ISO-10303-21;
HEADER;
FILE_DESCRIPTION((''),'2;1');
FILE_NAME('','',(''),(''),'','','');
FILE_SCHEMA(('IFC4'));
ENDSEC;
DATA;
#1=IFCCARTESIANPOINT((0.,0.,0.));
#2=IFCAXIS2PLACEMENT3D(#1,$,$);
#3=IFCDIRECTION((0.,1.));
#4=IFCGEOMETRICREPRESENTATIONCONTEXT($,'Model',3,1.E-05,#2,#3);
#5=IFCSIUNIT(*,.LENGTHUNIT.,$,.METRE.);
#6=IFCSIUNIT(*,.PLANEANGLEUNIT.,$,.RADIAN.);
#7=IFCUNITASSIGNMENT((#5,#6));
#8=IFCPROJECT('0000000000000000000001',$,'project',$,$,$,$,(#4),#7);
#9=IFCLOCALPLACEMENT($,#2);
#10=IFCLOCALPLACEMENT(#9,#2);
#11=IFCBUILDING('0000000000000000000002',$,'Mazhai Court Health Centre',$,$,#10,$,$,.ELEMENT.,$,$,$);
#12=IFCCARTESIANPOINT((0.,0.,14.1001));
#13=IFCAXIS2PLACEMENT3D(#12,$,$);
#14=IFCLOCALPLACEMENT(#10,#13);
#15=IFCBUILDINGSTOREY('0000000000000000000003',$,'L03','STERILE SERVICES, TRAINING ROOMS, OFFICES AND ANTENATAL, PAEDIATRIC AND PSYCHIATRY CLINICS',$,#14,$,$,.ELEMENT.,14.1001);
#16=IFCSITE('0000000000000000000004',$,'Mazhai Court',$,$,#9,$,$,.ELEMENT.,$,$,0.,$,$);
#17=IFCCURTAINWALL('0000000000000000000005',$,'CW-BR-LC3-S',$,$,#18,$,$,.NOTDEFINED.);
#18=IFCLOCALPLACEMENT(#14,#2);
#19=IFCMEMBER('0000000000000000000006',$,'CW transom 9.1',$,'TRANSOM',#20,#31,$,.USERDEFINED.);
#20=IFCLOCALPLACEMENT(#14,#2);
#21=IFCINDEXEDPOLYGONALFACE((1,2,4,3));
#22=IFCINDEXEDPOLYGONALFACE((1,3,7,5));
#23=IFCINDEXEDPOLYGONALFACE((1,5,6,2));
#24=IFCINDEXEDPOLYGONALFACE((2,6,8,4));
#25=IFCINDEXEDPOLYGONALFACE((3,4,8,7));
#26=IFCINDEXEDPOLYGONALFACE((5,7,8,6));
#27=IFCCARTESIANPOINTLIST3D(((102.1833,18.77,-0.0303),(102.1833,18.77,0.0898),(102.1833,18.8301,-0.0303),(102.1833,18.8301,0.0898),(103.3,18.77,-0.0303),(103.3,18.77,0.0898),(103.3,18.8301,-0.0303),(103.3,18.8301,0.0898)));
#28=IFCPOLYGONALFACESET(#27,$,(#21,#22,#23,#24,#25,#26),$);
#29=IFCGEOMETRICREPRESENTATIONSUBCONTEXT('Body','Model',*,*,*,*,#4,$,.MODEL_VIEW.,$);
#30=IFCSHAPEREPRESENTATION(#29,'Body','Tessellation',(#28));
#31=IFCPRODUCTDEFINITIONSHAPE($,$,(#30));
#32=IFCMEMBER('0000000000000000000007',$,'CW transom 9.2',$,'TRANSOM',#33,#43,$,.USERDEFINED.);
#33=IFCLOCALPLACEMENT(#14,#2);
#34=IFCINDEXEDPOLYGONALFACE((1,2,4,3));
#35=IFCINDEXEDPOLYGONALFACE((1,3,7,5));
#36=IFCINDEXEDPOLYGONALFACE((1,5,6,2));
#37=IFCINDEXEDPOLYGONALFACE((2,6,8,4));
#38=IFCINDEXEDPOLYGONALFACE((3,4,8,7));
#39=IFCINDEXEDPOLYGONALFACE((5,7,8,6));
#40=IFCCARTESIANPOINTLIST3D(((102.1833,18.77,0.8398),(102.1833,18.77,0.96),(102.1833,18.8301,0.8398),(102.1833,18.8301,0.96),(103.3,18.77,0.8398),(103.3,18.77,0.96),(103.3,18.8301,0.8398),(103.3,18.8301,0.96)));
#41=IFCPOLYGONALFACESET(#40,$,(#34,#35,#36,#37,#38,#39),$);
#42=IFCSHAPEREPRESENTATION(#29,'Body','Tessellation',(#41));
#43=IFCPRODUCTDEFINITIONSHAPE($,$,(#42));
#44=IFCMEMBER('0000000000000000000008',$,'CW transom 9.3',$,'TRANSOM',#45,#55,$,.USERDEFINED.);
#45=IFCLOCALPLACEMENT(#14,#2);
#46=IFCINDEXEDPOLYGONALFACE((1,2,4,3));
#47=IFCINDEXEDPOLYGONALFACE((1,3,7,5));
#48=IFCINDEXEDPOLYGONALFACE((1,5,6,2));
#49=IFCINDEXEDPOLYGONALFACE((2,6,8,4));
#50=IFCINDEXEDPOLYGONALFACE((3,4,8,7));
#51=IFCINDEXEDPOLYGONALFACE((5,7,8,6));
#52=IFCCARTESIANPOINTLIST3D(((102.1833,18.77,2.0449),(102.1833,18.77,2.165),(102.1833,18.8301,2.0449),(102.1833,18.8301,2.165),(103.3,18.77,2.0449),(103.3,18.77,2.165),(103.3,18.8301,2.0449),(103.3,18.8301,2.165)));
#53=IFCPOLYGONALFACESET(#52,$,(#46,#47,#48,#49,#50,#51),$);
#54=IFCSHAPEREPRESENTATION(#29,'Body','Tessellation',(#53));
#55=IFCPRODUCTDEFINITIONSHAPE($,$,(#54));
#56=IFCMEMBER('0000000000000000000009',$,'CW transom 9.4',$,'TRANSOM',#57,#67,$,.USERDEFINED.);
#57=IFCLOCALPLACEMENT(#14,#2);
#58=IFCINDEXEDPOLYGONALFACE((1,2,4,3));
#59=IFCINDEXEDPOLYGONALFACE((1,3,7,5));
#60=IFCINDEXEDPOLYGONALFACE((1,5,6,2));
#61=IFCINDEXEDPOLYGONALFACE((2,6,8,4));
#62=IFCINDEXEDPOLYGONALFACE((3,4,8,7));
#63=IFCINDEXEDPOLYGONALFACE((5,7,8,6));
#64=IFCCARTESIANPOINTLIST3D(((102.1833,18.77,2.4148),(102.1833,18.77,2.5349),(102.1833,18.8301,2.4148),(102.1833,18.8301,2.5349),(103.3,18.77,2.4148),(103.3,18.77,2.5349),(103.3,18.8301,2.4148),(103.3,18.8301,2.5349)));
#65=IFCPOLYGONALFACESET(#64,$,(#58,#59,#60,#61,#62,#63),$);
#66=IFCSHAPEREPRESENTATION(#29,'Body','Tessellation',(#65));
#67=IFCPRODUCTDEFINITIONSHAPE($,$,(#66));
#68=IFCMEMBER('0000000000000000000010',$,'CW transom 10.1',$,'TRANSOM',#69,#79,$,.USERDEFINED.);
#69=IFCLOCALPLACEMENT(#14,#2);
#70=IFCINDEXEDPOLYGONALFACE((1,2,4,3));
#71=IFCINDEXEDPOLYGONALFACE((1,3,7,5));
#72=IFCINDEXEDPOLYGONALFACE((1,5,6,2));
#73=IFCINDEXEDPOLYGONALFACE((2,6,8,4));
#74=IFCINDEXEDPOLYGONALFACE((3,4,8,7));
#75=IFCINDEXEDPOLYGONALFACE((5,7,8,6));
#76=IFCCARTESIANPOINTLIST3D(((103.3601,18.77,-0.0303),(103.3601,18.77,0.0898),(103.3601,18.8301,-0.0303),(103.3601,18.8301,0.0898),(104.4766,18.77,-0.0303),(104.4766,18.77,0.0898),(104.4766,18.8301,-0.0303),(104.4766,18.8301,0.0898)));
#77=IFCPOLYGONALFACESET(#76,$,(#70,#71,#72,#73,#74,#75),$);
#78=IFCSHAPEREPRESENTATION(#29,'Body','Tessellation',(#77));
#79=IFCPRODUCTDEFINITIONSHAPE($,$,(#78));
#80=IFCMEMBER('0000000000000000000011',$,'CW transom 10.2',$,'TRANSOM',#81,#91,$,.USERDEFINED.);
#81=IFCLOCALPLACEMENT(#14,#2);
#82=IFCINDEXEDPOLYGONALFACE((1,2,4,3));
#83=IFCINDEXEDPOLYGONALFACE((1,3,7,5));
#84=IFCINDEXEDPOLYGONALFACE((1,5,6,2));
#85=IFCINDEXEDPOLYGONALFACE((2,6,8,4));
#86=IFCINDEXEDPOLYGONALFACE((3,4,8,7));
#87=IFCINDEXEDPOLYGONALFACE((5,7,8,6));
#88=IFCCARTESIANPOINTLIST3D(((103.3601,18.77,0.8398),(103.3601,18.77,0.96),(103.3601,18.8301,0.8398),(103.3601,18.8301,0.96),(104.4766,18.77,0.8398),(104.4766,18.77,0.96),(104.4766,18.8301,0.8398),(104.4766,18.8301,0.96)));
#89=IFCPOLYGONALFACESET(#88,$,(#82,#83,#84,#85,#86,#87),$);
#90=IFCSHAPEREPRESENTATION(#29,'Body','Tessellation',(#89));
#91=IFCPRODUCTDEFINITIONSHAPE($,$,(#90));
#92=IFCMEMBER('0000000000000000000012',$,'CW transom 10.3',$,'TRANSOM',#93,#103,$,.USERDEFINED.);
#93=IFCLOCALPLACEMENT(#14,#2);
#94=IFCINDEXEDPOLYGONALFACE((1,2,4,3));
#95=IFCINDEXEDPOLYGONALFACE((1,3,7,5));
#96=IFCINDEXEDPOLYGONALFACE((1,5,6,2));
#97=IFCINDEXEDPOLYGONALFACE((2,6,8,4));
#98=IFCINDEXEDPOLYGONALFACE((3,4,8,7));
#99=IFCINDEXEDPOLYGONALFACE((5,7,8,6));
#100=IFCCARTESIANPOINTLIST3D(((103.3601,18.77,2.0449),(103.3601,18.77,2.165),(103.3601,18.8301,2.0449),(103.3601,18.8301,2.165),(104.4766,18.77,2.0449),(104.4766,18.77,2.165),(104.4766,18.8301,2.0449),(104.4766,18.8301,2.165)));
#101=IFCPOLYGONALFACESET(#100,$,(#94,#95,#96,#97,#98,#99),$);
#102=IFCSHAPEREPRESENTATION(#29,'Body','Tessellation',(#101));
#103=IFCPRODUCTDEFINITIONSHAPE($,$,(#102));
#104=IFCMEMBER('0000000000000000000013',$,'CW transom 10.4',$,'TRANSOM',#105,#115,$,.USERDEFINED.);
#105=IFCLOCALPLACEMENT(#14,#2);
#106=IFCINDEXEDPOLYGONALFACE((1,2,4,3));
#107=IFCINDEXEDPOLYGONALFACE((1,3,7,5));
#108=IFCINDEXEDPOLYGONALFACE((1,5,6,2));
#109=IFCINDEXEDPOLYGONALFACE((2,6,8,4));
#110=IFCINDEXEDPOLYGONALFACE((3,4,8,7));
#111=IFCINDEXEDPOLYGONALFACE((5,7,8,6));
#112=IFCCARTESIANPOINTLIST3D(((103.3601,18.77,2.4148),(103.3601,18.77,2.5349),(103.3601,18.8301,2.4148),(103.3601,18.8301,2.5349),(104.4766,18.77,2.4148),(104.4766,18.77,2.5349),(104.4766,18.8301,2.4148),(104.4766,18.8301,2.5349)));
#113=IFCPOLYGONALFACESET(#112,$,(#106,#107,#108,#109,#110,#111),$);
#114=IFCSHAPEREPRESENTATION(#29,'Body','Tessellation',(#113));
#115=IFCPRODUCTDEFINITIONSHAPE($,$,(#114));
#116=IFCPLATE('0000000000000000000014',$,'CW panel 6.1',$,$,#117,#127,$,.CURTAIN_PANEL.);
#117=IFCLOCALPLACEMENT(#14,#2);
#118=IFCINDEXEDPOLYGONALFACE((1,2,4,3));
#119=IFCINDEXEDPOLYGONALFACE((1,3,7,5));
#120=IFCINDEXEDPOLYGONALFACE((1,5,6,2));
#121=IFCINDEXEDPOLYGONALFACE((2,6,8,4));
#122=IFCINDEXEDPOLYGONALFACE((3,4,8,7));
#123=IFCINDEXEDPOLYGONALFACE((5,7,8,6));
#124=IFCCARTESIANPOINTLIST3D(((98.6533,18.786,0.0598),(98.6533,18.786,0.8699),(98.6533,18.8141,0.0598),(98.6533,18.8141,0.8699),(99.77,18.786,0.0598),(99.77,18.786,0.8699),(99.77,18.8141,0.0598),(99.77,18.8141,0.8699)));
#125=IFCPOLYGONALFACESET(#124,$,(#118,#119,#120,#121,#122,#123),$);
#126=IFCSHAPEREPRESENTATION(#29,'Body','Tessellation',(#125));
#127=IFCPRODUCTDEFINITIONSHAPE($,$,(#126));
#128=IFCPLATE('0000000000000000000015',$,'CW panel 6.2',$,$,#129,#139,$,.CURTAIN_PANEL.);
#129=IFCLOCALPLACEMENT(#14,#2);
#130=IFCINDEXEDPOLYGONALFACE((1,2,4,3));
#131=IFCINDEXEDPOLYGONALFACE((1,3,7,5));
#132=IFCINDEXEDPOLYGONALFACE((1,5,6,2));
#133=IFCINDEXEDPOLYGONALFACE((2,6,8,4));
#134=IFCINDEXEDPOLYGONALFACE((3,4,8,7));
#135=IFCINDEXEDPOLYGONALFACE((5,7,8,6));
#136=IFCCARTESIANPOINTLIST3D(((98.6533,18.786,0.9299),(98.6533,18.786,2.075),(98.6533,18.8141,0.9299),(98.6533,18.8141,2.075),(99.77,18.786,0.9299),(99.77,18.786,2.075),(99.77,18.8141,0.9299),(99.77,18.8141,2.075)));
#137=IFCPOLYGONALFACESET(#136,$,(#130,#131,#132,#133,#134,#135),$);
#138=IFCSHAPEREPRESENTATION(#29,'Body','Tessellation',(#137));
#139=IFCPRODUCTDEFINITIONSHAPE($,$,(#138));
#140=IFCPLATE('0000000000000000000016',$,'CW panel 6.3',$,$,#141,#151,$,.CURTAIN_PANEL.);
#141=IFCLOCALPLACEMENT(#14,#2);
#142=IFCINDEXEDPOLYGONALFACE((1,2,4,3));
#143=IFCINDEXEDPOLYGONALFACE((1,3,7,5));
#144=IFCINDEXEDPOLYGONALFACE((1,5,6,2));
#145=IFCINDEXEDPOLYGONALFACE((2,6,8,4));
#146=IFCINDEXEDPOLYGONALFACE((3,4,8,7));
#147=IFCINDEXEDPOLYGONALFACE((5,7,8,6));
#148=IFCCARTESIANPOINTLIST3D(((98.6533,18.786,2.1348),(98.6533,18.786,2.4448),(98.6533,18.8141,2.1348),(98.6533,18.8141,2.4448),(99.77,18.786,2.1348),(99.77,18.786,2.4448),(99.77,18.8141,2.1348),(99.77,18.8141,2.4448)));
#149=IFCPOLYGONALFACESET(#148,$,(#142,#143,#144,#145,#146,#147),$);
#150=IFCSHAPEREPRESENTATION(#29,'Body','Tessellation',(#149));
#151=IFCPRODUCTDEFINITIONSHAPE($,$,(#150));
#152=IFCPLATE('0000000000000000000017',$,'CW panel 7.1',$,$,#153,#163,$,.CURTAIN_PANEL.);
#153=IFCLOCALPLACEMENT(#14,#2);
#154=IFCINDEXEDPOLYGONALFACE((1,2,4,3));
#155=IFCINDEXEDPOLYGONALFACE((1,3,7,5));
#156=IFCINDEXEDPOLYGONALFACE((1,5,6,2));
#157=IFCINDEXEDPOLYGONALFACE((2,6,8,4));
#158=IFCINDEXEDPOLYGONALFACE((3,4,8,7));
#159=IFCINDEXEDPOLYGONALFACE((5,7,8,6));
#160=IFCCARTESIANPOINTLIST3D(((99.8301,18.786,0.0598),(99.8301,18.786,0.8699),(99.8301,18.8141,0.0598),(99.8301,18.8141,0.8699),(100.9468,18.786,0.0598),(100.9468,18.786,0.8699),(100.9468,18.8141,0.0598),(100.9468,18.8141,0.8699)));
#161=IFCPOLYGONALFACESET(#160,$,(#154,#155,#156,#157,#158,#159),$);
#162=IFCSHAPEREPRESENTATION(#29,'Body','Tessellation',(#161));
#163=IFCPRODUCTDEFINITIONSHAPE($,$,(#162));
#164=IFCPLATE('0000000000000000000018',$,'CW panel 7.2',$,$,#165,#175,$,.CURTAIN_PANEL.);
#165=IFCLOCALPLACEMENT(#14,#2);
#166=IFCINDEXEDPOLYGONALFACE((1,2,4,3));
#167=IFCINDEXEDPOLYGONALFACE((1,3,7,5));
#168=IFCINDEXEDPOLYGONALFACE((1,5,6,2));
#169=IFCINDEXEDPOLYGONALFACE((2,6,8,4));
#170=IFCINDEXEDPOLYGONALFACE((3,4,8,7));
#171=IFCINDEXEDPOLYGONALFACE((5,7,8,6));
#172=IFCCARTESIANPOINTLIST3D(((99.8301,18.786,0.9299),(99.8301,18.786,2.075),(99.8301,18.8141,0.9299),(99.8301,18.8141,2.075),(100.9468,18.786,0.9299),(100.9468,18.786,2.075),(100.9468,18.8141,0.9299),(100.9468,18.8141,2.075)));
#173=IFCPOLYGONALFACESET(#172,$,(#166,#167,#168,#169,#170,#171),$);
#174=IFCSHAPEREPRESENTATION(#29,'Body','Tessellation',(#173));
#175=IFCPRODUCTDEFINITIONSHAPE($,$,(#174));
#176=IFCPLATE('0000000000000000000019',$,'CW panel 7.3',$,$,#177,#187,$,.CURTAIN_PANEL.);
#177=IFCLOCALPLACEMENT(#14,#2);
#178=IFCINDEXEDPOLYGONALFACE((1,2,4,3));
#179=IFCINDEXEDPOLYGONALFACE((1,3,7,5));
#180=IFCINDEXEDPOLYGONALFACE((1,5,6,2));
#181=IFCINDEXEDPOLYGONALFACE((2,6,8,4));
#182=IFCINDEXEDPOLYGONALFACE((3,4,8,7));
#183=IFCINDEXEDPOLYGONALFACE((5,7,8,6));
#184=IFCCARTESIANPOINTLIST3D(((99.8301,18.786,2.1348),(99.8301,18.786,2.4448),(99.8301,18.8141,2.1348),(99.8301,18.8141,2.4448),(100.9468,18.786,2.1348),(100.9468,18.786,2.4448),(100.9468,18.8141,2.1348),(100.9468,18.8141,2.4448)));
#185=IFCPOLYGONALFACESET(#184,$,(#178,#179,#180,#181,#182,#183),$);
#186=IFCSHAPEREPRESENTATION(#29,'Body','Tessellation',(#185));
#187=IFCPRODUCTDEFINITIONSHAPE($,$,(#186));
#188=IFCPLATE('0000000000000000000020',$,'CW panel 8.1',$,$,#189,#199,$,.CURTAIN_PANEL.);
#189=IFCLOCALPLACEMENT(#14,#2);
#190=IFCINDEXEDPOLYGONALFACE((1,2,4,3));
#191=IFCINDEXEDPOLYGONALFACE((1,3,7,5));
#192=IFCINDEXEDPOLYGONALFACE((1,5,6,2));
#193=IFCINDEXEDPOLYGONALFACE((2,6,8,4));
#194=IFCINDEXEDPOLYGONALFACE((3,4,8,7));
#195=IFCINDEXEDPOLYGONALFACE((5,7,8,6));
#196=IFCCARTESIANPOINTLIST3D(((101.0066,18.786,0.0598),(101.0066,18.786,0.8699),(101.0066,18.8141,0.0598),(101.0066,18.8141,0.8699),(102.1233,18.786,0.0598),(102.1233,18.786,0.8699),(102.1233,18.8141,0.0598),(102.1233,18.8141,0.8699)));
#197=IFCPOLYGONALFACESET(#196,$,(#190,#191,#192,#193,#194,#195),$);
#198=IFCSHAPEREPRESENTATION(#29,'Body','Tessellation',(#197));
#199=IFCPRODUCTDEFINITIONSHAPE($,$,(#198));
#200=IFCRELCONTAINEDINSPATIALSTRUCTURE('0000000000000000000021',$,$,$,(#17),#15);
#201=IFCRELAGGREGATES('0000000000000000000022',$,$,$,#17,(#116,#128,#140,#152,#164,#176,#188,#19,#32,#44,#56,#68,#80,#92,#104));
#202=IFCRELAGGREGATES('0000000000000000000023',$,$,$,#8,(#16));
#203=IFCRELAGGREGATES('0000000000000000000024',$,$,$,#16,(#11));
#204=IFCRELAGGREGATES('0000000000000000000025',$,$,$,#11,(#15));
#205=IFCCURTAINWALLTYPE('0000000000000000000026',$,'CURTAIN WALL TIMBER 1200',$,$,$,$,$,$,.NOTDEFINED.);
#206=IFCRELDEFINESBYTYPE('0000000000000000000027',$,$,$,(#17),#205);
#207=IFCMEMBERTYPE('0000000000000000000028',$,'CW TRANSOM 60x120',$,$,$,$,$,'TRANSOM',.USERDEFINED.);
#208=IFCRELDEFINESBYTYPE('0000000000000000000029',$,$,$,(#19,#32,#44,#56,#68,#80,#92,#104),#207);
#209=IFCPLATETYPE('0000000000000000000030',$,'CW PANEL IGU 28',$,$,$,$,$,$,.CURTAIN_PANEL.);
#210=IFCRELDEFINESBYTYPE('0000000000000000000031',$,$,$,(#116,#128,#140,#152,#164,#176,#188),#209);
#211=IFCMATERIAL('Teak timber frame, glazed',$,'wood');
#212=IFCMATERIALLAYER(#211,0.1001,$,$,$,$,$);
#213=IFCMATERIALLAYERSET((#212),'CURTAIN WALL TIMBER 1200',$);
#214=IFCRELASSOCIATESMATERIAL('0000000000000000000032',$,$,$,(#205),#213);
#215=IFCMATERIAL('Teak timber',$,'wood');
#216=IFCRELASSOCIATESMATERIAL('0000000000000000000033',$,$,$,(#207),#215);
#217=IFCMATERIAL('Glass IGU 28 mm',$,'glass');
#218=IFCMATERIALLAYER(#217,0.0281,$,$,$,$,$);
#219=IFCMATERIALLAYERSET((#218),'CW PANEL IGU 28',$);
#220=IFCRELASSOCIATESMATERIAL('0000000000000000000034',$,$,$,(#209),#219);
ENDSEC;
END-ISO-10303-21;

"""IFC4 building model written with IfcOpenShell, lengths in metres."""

from ifc_helpers import new_model, si_unit, direction, frame, origin, origin_2d, place, context, subcontext, project, spatial, rectangle, extrude, material, layer, layer_set, material_profile, profile_set, type_object, element, aggregate, save


model = new_model("IFC4")

# Units and contexts
model_context = context("Model", 3, precision=1e-05, world=origin(), true_north=direction((0.0, 1.0)))
body_context = subcontext(model_context, "Body", "Model", "MODEL_VIEW")
ifc_project = project(units=[si_unit("LENGTHUNIT", "METRE"), si_unit("PLANEANGLEUNIT", "RADIAN")], contexts=[model_context])

# Site, building, storey
site_placement = place(None, origin())
site = spatial("IfcSite", under=ifc_project, at=site_placement, Name="Mazhai Court", CompositionType="ELEMENT", RefElevation=0.0)
building_placement = place(site_placement, origin())
building = spatial("IfcBuilding", under=site, at=building_placement, Name="Mazhai Court Health Centre", CompositionType="ELEMENT")
storey_placement = place(building_placement, frame((0.0, 0.0, 14.1001)))
storey = spatial("IfcBuildingStorey", under=building, at=storey_placement, Name="L03", Description="STERILE SERVICES, TRAINING ROOMS, OFFICES AND ANTENATAL, PAEDIATRIC AND PSYCHIATRY CLINICS", CompositionType="ELEMENT", Elevation=14.1001)

# Curtain wall, members, plates
ifc_material_1 = material(Name="Teak timber frame, glazed", Category="wood")
ifc_layer_1 = layer(ifc_material_1, 0.1001)
ifc_layer_set_1 = layer_set([ifc_layer_1], Name="CURTAIN WALL TIMBER 1200")
curtain_wall_type = type_object("IfcCurtainWallType", Name="CURTAIN WALL TIMBER 1200", PredefinedType="NOTDEFINED", material=ifc_layer_set_1)
curtain_wall_placement = place(storey_placement, origin())
curtain_wall = element("IfcCurtainWall", 1, at=curtain_wall_placement, inside=storey, type_object=curtain_wall_type, Name="CW-BR-LC3-S", PredefinedType="NOTDEFINED")
ifc_material_2 = material(Name="Teak timber", Category="wood")
ifc_material_profile_1 = material_profile(ifc_material_2, rectangle(XDim=0.0601, YDim=0.1201, at=origin_2d()), Name="CW TRANSOM 60x120")
ifc_profile_set_1 = profile_set([ifc_material_profile_1], Name="Teak timber")
member_type_1 = type_object("IfcMemberType", Name="CW TRANSOM 60x120", ElementType="TRANSOM", PredefinedType="USERDEFINED", material=ifc_profile_set_1)
member_1_placement = place(storey_placement, frame((102.1833, 18.8, 0.0298), z_axis=(1.0, 0.0, 0.0), x_axis=(0.0, 1.0, 0.0)))
member_1 = element("IfcMember", 2, at=member_1_placement, type_object=member_type_1, Name="CW transom 9.1", ObjectType="TRANSOM", PredefinedType="USERDEFINED", context=body_context, shape_type="SweptSolid", body=[
    extrude(rectangle(XDim=0.0601, YDim=0.1201, at=origin_2d()), origin(), (0.0, 0.0, 1.0), 1.1167),
])
member_2_placement = place(storey_placement, frame((102.1833, 18.8, 0.8999), z_axis=(1.0, 0.0, 0.0), x_axis=(0.0, 1.0, 0.0)))
member_2 = element("IfcMember", 3, at=member_2_placement, type_object=member_type_1, Name="CW transom 9.2", ObjectType="TRANSOM", PredefinedType="USERDEFINED", context=body_context, shape_type="SweptSolid", body=[
    extrude(rectangle(XDim=0.0601, YDim=0.1201, at=origin_2d()), origin(), (0.0, 0.0, 1.0), 1.1167),
])
member_3_placement = place(storey_placement, frame((102.1833, 18.8, 2.105), z_axis=(1.0, 0.0, 0.0), x_axis=(0.0, 1.0, 0.0)))
member_3 = element("IfcMember", 4, at=member_3_placement, type_object=member_type_1, Name="CW transom 9.3", ObjectType="TRANSOM", PredefinedType="USERDEFINED", context=body_context, shape_type="SweptSolid", body=[
    extrude(rectangle(XDim=0.0601, YDim=0.1201, at=origin_2d()), origin(), (0.0, 0.0, 1.0), 1.1167),
])
member_4_placement = place(storey_placement, frame((102.1833, 18.8, 2.4749), z_axis=(1.0, 0.0, 0.0), x_axis=(0.0, 1.0, 0.0)))
member_4 = element("IfcMember", 5, at=member_4_placement, type_object=member_type_1, Name="CW transom 9.4", ObjectType="TRANSOM", PredefinedType="USERDEFINED", context=body_context, shape_type="SweptSolid", body=[
    extrude(rectangle(XDim=0.0601, YDim=0.1201, at=origin_2d()), origin(), (0.0, 0.0, 1.0), 1.1167),
])
member_5_placement = place(storey_placement, frame((103.3601, 18.8, 0.0298), z_axis=(1.0, 0.0, 0.0), x_axis=(0.0, 1.0, 0.0)))
member_5 = element("IfcMember", 6, at=member_5_placement, type_object=member_type_1, Name="CW transom 10.1", ObjectType="TRANSOM", PredefinedType="USERDEFINED", context=body_context, shape_type="SweptSolid", body=[
    extrude(rectangle(XDim=0.0601, YDim=0.1201, at=origin_2d()), origin(), (0.0, 0.0, 1.0), 1.1165),
])
member_6_placement = place(storey_placement, frame((103.3601, 18.8, 0.8999), z_axis=(1.0, 0.0, 0.0), x_axis=(0.0, 1.0, 0.0)))
member_6 = element("IfcMember", 7, at=member_6_placement, type_object=member_type_1, Name="CW transom 10.2", ObjectType="TRANSOM", PredefinedType="USERDEFINED", context=body_context, shape_type="SweptSolid", body=[
    extrude(rectangle(XDim=0.0601, YDim=0.1201, at=origin_2d()), origin(), (0.0, 0.0, 1.0), 1.1165),
])
member_7_placement = place(storey_placement, frame((103.3601, 18.8, 2.105), z_axis=(1.0, 0.0, 0.0), x_axis=(0.0, 1.0, 0.0)))
member_7 = element("IfcMember", 8, at=member_7_placement, type_object=member_type_1, Name="CW transom 10.3", ObjectType="TRANSOM", PredefinedType="USERDEFINED", context=body_context, shape_type="SweptSolid", body=[
    extrude(rectangle(XDim=0.0601, YDim=0.1201, at=origin_2d()), origin(), (0.0, 0.0, 1.0), 1.1165),
])
member_8_placement = place(storey_placement, frame((103.3601, 18.8, 2.4749), z_axis=(1.0, 0.0, 0.0), x_axis=(0.0, 1.0, 0.0)))
member_8 = element("IfcMember", 9, at=member_8_placement, type_object=member_type_1, Name="CW transom 10.4", ObjectType="TRANSOM", PredefinedType="USERDEFINED", context=body_context, shape_type="SweptSolid", body=[
    extrude(rectangle(XDim=0.0601, YDim=0.1201, at=origin_2d()), origin(), (0.0, 0.0, 1.0), 1.1165),
])
ifc_material_3 = material(Name="Glass IGU 28 mm", Category="glass")
ifc_layer_2 = layer(ifc_material_3, 0.0281)
ifc_layer_set_2 = layer_set([ifc_layer_2], Name="CW PANEL IGU 28")
plate_type = type_object("IfcPlateType", Name="CW PANEL IGU 28", PredefinedType="CURTAIN_PANEL", material=ifc_layer_set_2)
plate_1_placement = place(storey_placement, frame((99.2117, 18.8, 0.0598), z_axis=(0.0, 0.0, 1.0), x_axis=(1.0, 0.0, 0.0)))
plate_1 = element("IfcPlate", 10, at=plate_1_placement, type_object=plate_type, Name="CW panel 6.1", PredefinedType="CURTAIN_PANEL", context=body_context, shape_type="SweptSolid", body=[
    extrude(rectangle(XDim=1.1167, YDim=0.0281, at=origin_2d()), origin(), (0.0, 0.0, 1.0), 0.8101),
])
plate_2_placement = place(storey_placement, frame((99.2117, 18.8, 0.9299), z_axis=(0.0, 0.0, 1.0), x_axis=(1.0, 0.0, 0.0)))
plate_2 = element("IfcPlate", 11, at=plate_2_placement, type_object=plate_type, Name="CW panel 6.2", PredefinedType="CURTAIN_PANEL", context=body_context, shape_type="SweptSolid", body=[
    extrude(rectangle(XDim=1.1167, YDim=0.0281, at=origin_2d()), origin(), (0.0, 0.0, 1.0), 1.145),
])
plate_3_placement = place(storey_placement, frame((99.2117, 18.8, 2.1348), z_axis=(0.0, 0.0, 1.0), x_axis=(1.0, 0.0, 0.0)))
plate_3 = element("IfcPlate", 12, at=plate_3_placement, type_object=plate_type, Name="CW panel 6.3", PredefinedType="CURTAIN_PANEL", context=body_context, shape_type="SweptSolid", body=[
    extrude(rectangle(XDim=1.1167, YDim=0.0281, at=origin_2d()), origin(), (0.0, 0.0, 1.0), 0.3101),
])
plate_4_placement = place(storey_placement, frame((100.3884, 18.8, 0.0598), z_axis=(0.0, 0.0, 1.0), x_axis=(1.0, 0.0, 0.0)))
plate_4 = element("IfcPlate", 13, at=plate_4_placement, type_object=plate_type, Name="CW panel 7.1", PredefinedType="CURTAIN_PANEL", context=body_context, shape_type="SweptSolid", body=[
    extrude(rectangle(XDim=1.1167, YDim=0.0281, at=origin_2d()), origin(), (0.0, 0.0, 1.0), 0.8101),
])
plate_5_placement = place(storey_placement, frame((100.3884, 18.8, 0.9299), z_axis=(0.0, 0.0, 1.0), x_axis=(1.0, 0.0, 0.0)))
plate_5 = element("IfcPlate", 14, at=plate_5_placement, type_object=plate_type, Name="CW panel 7.2", PredefinedType="CURTAIN_PANEL", context=body_context, shape_type="SweptSolid", body=[
    extrude(rectangle(XDim=1.1167, YDim=0.0281, at=origin_2d()), origin(), (0.0, 0.0, 1.0), 1.145),
])
plate_6_placement = place(storey_placement, frame((100.3884, 18.8, 2.1348), z_axis=(0.0, 0.0, 1.0), x_axis=(1.0, 0.0, 0.0)))
plate_6 = element("IfcPlate", 15, at=plate_6_placement, type_object=plate_type, Name="CW panel 7.3", PredefinedType="CURTAIN_PANEL", context=body_context, shape_type="SweptSolid", body=[
    extrude(rectangle(XDim=1.1167, YDim=0.0281, at=origin_2d()), origin(), (0.0, 0.0, 1.0), 0.3101),
])
plate_7_placement = place(storey_placement, frame((101.5649, 18.8, 0.0598), z_axis=(0.0, 0.0, 1.0), x_axis=(1.0, 0.0, 0.0)))
plate_7 = element("IfcPlate", 16, at=plate_7_placement, type_object=plate_type, Name="CW panel 8.1", PredefinedType="CURTAIN_PANEL", context=body_context, shape_type="SweptSolid", body=[
    extrude(rectangle(XDim=1.1167, YDim=0.0281, at=origin_2d()), origin(), (0.0, 0.0, 1.0), 0.8101),
])
aggregate(curtain_wall, [plate_1, plate_2, plate_3, plate_4, plate_5, plate_6, plate_7, member_1, member_2, member_3, member_4, member_5, member_6, member_7, member_8])

save(model, "model.ifc")
